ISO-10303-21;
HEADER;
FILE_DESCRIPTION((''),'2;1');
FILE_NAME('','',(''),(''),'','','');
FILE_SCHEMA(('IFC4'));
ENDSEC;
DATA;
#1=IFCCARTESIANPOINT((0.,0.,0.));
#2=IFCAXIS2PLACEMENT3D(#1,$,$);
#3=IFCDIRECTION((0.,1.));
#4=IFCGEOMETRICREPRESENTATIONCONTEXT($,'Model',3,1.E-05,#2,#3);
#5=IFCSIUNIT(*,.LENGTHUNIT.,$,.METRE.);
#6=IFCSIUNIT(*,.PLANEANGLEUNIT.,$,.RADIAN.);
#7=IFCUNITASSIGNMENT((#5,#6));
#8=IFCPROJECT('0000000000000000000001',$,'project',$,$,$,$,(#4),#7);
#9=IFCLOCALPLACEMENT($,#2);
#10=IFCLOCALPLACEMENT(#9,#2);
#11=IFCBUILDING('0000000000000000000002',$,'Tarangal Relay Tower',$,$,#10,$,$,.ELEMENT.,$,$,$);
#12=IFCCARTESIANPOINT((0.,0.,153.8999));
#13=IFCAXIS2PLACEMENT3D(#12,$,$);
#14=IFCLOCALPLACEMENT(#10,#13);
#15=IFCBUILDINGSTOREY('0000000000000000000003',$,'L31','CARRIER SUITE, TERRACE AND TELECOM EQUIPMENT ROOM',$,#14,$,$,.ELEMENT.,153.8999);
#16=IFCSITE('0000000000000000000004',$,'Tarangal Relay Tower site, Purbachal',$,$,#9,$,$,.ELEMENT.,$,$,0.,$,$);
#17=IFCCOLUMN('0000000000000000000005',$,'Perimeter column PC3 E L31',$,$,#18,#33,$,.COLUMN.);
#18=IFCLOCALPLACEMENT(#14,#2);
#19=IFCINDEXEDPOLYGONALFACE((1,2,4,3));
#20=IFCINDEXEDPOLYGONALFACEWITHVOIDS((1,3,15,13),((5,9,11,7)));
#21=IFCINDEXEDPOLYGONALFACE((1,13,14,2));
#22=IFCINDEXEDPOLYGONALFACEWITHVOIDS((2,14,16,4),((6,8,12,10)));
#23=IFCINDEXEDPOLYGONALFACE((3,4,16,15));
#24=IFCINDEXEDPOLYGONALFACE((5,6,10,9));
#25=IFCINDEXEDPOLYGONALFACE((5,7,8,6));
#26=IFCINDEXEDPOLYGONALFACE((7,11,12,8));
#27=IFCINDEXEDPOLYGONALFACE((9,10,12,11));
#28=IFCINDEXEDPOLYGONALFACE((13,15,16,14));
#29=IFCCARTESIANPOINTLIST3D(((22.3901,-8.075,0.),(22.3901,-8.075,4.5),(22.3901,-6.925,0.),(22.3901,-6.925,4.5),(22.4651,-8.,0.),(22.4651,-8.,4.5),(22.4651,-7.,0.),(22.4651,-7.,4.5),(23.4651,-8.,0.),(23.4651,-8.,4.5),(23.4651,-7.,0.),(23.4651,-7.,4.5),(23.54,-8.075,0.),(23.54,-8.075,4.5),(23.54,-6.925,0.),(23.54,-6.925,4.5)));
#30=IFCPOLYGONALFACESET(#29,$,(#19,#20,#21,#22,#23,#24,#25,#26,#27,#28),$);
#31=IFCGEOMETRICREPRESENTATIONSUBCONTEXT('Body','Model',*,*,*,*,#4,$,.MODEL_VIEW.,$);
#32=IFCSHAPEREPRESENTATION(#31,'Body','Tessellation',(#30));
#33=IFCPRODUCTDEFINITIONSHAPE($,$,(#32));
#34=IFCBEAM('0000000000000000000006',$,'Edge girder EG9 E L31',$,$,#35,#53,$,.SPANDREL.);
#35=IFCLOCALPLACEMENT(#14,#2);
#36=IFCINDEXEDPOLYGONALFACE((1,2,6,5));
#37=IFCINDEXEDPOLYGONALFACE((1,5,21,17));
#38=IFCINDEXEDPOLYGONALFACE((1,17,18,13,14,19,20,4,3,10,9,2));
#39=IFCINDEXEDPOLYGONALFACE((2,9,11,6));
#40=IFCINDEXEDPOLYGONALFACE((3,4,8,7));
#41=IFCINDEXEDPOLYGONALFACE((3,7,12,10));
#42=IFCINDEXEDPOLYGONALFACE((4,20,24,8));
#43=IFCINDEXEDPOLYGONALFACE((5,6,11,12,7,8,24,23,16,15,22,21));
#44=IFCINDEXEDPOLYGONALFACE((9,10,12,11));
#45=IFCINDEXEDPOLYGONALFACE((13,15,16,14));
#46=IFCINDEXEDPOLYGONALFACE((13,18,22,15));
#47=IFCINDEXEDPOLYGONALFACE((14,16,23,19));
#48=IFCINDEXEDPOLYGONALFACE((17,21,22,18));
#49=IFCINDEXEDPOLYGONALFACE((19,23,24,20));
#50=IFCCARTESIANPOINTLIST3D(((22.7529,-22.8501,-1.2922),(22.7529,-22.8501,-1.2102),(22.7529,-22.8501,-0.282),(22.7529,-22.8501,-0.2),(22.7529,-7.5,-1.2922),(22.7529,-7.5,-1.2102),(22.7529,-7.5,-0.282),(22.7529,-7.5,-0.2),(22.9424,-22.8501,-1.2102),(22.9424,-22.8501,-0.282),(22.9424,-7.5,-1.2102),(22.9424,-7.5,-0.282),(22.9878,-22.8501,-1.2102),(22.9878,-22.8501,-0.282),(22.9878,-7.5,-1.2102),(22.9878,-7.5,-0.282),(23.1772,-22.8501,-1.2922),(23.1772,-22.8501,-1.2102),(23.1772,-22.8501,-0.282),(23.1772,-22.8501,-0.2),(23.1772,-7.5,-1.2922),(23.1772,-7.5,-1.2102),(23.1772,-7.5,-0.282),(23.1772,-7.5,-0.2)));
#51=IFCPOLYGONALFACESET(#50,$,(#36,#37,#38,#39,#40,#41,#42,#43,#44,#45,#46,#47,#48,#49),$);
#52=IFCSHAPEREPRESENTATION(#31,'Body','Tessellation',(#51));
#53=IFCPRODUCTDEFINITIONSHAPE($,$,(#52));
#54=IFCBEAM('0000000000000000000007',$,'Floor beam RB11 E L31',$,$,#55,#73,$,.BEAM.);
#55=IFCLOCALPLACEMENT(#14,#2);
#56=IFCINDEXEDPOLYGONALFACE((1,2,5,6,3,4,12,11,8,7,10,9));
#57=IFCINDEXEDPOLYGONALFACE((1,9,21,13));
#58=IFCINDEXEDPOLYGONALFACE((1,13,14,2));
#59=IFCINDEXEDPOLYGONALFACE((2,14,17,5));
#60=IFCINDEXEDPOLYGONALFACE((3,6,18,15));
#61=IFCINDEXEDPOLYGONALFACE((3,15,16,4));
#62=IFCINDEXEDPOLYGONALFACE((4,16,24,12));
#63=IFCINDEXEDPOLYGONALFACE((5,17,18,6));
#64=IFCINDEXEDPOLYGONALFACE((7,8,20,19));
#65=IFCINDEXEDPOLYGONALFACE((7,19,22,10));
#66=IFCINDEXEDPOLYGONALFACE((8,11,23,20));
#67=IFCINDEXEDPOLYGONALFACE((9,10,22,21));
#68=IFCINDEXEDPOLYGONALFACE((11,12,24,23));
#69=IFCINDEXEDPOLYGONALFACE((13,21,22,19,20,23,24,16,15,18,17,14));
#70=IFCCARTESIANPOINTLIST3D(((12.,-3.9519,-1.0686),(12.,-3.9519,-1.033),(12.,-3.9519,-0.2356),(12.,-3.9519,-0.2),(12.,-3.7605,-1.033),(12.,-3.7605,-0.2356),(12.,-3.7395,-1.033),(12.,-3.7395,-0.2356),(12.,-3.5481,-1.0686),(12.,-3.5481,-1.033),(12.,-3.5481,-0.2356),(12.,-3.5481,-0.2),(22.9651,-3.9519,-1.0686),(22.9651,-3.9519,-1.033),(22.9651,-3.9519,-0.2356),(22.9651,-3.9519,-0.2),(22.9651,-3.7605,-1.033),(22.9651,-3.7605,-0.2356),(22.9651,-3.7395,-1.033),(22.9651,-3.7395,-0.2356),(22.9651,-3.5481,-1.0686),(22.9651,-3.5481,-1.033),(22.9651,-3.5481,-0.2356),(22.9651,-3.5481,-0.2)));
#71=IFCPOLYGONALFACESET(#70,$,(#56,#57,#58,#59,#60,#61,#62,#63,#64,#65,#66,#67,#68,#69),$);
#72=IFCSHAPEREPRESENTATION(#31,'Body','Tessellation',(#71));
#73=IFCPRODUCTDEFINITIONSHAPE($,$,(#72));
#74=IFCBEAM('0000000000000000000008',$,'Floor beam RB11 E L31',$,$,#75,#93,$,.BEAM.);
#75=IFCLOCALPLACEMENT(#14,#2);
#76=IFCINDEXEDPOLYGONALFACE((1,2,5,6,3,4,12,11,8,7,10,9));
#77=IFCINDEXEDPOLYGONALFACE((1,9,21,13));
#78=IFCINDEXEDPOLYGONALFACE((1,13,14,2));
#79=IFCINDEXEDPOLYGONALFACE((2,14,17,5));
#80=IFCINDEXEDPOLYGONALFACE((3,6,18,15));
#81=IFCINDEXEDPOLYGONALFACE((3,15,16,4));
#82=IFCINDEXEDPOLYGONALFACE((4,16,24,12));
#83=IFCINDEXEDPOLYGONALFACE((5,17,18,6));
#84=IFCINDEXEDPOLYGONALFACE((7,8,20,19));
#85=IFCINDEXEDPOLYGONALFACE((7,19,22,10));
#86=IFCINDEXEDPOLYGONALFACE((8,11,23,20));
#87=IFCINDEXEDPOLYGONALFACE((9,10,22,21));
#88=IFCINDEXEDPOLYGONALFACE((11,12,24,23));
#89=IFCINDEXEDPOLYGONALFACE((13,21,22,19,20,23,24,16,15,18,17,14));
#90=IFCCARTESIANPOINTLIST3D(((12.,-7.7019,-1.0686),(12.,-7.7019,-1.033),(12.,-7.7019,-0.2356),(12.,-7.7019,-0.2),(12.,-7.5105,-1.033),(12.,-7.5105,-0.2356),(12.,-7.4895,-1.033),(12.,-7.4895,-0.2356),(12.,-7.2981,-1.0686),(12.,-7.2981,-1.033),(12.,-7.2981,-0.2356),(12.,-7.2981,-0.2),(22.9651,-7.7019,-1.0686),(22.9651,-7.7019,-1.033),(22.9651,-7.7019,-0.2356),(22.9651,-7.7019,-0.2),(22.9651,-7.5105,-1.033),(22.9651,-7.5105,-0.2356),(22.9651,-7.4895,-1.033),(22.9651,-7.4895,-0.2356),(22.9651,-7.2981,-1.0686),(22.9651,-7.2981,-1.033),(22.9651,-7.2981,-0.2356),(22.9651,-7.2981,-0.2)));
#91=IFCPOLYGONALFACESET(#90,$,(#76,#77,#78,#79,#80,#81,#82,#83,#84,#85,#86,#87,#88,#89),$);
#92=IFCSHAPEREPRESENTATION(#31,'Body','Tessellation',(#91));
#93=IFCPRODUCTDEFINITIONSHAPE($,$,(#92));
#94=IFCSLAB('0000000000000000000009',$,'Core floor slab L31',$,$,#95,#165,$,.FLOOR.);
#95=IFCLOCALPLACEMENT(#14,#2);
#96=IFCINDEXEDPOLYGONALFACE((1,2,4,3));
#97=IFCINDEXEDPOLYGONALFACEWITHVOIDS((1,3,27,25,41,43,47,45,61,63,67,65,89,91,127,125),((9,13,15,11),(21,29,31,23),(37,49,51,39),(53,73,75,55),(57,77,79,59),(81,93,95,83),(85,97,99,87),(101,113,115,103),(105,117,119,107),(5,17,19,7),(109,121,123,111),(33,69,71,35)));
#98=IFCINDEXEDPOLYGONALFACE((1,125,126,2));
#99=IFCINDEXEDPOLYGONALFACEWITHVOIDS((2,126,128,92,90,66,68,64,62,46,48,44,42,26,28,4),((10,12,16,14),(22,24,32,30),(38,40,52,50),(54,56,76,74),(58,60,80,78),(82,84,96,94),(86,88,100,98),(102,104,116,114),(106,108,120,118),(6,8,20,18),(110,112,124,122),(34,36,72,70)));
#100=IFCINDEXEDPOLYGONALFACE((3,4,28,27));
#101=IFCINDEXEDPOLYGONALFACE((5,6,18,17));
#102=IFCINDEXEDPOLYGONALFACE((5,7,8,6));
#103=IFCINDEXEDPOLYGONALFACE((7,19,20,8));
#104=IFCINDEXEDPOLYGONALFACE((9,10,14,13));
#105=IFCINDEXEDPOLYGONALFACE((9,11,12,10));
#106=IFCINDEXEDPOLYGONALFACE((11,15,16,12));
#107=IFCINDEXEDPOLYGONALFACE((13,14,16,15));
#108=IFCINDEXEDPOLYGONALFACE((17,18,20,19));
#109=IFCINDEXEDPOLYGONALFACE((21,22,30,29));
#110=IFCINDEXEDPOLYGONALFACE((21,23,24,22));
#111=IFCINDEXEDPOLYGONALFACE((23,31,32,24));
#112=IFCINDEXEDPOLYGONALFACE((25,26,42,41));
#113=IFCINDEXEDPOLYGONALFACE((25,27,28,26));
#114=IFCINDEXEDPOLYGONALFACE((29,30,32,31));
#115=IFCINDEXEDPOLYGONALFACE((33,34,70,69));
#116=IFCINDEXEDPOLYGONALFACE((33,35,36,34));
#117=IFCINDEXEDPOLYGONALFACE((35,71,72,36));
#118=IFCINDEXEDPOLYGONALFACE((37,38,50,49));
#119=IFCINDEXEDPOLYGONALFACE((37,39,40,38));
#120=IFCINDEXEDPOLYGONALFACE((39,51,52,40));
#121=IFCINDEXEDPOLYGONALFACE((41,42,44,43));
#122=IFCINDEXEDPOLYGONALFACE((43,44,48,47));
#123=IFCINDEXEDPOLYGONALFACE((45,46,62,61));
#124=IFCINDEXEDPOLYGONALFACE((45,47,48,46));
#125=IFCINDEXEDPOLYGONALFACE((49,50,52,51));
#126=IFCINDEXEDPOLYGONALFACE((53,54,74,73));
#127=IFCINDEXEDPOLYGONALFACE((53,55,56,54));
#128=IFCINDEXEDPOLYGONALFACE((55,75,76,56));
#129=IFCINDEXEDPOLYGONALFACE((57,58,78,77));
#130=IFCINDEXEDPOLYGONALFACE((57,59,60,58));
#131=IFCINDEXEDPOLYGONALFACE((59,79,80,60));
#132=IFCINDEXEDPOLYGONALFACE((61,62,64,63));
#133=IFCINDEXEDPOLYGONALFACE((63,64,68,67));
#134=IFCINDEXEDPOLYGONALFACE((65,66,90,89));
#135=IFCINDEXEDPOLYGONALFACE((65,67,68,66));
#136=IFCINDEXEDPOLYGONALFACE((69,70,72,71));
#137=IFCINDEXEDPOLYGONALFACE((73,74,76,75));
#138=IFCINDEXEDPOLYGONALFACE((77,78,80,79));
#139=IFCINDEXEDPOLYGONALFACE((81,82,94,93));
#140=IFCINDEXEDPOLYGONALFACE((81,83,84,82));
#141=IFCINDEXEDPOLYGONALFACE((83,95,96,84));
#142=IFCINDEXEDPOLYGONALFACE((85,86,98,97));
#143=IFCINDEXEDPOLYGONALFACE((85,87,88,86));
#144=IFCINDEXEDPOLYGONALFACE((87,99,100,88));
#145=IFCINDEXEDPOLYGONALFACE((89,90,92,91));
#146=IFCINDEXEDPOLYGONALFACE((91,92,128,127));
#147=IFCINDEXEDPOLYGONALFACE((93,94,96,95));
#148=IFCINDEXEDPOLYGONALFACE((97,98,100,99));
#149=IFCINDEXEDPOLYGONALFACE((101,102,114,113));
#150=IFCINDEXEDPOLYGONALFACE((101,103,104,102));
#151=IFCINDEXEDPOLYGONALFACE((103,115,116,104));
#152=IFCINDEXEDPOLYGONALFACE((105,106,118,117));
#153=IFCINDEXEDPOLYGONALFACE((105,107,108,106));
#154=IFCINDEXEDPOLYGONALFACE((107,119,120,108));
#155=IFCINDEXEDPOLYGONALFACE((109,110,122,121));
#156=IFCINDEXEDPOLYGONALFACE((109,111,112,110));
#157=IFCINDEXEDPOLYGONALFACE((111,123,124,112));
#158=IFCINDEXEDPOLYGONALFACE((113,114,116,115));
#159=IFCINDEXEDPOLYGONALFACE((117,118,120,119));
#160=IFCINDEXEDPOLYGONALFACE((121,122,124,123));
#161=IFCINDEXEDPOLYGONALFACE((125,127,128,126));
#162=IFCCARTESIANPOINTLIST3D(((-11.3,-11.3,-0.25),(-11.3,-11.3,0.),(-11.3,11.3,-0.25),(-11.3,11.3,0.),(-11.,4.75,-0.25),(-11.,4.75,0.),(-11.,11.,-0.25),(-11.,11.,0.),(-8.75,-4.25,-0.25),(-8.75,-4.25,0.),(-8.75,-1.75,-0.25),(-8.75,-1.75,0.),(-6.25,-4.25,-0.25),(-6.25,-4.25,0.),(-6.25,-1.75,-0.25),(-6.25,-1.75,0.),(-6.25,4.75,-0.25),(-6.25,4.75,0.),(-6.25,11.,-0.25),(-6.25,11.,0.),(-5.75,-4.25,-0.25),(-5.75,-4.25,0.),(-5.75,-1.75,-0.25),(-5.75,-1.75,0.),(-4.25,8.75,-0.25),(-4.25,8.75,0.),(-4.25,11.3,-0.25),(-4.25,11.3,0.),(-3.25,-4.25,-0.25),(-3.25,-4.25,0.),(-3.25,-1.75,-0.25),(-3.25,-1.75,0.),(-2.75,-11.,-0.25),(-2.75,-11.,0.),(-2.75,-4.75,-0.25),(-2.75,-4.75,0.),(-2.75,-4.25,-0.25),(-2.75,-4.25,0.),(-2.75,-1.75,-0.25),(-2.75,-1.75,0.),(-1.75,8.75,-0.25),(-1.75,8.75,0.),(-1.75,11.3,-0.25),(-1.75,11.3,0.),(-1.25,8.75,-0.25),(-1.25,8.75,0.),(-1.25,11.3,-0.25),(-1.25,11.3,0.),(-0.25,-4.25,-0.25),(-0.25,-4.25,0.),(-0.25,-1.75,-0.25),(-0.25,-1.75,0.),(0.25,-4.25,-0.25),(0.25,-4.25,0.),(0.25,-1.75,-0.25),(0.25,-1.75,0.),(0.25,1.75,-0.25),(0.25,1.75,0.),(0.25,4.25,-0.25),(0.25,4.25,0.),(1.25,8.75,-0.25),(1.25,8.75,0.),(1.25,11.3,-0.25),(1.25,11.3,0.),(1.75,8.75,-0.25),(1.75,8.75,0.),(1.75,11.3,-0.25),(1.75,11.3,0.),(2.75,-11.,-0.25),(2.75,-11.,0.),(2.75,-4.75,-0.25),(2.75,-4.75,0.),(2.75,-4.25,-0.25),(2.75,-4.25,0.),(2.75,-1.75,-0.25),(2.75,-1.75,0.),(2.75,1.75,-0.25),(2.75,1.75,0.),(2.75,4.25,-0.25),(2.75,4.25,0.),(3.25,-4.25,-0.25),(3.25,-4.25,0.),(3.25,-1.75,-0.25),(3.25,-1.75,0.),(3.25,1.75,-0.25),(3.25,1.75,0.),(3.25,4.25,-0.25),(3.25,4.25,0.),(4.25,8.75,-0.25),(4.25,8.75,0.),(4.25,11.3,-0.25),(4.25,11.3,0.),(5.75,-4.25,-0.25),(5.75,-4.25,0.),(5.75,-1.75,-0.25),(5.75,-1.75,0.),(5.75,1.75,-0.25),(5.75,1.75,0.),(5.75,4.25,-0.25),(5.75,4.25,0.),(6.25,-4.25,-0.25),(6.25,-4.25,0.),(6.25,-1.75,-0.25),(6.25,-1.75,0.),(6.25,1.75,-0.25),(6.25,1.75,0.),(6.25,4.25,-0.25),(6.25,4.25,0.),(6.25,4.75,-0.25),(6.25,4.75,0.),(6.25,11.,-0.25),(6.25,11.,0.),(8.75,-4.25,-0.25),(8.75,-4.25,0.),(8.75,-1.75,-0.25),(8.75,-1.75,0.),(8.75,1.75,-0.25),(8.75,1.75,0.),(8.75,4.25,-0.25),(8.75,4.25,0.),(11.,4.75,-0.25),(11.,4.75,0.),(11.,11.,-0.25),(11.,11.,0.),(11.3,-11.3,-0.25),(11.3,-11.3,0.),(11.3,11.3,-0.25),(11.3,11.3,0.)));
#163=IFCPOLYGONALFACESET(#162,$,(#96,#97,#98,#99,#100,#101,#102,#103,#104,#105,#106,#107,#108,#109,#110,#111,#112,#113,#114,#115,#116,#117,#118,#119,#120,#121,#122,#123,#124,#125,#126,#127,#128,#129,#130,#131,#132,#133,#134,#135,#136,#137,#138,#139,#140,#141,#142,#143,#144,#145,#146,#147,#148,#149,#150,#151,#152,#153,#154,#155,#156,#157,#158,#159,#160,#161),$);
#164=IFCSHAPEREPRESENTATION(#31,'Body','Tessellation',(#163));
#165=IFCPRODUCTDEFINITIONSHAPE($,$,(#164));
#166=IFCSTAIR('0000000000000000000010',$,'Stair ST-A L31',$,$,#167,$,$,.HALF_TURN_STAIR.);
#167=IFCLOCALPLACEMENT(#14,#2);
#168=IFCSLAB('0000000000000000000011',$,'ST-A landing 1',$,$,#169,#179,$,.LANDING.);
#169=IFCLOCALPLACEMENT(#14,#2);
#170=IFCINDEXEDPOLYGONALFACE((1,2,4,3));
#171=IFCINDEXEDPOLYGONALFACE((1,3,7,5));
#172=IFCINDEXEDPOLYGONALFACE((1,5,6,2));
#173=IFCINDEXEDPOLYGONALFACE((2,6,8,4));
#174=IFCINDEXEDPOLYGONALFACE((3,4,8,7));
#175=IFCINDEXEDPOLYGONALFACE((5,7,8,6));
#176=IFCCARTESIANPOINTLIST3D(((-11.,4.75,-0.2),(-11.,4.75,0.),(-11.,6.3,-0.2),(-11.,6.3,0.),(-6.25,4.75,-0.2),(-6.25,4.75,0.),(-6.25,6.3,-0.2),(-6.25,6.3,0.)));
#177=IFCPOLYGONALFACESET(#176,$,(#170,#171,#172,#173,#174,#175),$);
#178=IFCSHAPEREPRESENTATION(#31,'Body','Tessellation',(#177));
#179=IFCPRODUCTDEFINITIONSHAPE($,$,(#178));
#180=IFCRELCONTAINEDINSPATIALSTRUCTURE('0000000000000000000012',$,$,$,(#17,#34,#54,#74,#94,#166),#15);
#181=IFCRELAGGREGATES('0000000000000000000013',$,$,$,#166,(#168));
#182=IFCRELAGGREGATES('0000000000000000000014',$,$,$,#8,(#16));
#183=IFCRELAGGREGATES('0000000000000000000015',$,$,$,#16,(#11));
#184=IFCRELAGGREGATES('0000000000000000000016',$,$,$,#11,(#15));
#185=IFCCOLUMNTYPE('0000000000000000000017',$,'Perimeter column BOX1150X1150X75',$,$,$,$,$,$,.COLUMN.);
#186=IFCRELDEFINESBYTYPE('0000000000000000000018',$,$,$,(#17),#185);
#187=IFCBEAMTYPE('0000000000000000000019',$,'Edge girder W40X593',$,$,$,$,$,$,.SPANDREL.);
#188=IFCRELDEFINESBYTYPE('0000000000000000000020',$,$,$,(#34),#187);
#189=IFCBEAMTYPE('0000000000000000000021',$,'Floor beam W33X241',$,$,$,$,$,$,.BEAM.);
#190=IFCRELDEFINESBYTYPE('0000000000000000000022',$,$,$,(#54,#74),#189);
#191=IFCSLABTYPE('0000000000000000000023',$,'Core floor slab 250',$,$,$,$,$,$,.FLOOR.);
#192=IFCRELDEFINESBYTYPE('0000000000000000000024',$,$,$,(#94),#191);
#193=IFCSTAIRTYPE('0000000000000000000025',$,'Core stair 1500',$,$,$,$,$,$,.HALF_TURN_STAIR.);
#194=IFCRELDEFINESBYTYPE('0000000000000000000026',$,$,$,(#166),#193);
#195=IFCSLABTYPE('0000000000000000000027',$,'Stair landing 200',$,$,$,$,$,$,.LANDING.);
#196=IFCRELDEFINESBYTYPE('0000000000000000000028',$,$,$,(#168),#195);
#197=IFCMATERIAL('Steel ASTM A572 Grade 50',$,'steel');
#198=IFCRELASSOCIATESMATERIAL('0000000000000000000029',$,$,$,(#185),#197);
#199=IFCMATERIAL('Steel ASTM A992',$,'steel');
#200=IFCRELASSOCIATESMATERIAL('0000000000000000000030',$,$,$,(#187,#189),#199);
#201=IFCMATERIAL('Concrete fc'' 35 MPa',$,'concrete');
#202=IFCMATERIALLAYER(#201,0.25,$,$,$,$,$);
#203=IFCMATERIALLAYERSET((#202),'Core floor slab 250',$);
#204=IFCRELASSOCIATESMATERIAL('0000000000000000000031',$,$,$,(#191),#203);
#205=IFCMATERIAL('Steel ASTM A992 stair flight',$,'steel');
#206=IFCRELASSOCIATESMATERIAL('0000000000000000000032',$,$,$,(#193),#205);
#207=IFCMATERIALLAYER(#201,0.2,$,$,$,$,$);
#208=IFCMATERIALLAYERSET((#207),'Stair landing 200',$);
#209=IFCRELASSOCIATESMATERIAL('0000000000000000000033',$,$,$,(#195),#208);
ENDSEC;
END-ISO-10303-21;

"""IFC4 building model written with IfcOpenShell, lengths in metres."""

from ifc_helpers import new_model, si_unit, direction, frame, origin, origin_2d, place, context, subcontext, project, spatial, polyline, hollow_rectangle, i_section, outline, extrude, material, layer, layer_set, material_profile, profile_set, type_object, element, aggregate, save


model = new_model("IFC4")

# Units and contexts
model_context = context("Model", 3, precision=1e-05, world=origin(), true_north=direction((0.0, 1.0)))
body_context = subcontext(model_context, "Body", "Model", "MODEL_VIEW")
ifc_project = project(units=[si_unit("LENGTHUNIT", "METRE"), si_unit("PLANEANGLEUNIT", "RADIAN")], contexts=[model_context])

# Site, building, storey
site_placement = place(None, origin())
site = spatial("IfcSite", under=ifc_project, at=site_placement, Name="Tarangal Relay Tower site, Purbachal", CompositionType="ELEMENT", RefElevation=0.0)
building_placement = place(site_placement, origin())
building = spatial("IfcBuilding", under=site, at=building_placement, Name="Tarangal Relay Tower", CompositionType="ELEMENT")
storey_placement = place(building_placement, frame((0.0, 0.0, 153.8999)))
storey = spatial("IfcBuildingStorey", under=building, at=storey_placement, Name="L31", Description="CARRIER SUITE, TERRACE AND TELECOM EQUIPMENT ROOM", CompositionType="ELEMENT", Elevation=153.8999)

# Column
ifc_material_1 = material(Name="Steel ASTM A572 Grade 50", Category="steel")
ifc_material_profile_1 = material_profile(ifc_material_1, hollow_rectangle(XDim=1.1499, YDim=1.1499, WallThickness=0.075, at=origin_2d()), Name="BOX1150X1150X75")
ifc_profile_set_1 = profile_set([ifc_material_profile_1], Name="Steel ASTM A572 Grade 50")
column_type = type_object("IfcColumnType", Name="Perimeter column BOX1150X1150X75", PredefinedType="COLUMN", material=ifc_profile_set_1)
column_placement = place(storey_placement, frame((22.9651, -7.5, 0.0), z_axis=(0.0, 0.0, 1.0), x_axis=(1.0, 0.0, 0.0)))
element("IfcColumn", 1, at=column_placement, inside=storey, type_object=column_type, Name="Perimeter column PC3 E L31", PredefinedType="COLUMN", context=body_context, shape_type="SweptSolid", body=[
    extrude(hollow_rectangle(XDim=1.1499, YDim=1.1499, WallThickness=0.075, at=origin_2d()), origin(), (0.0, 0.0, 1.0), 4.5),
])

# Beams
ifc_material_2 = material(Name="Steel ASTM A992", Category="steel")
ifc_material_profile_2 = material_profile(ifc_material_2, i_section(OverallWidth=0.4243, OverallDepth=1.0923, WebThickness=0.0454, FlangeThickness=0.082, at=origin_2d()), Name="W40X593")
ifc_profile_set_2 = profile_set([ifc_material_profile_2], Name="Steel ASTM A992")
beam_type_1 = type_object("IfcBeamType", Name="Edge girder W40X593", PredefinedType="SPANDREL", material=ifc_profile_set_2)
beam_placement = place(storey_placement, frame((22.9651, -7.5, -0.7461), z_axis=(0.0, -1.0, 0.0), x_axis=(1.0, 0.0, 0.0)))
element("IfcBeam", 2, at=beam_placement, inside=storey, type_object=beam_type_1, Name="Edge girder EG9 E L31", PredefinedType="SPANDREL", context=body_context, shape_type="SweptSolid", body=[
    extrude(i_section(OverallWidth=0.4243, OverallDepth=1.0923, WebThickness=0.0454, FlangeThickness=0.082, at=origin_2d()), origin(), (0.0, 0.0, 1.0), 15.3501),
])
ifc_material_profile_3 = material_profile(ifc_material_2, i_section(OverallWidth=0.4038, OverallDepth=0.8687, WebThickness=0.021, FlangeThickness=0.0356, at=origin_2d()), Name="W33X241")
ifc_profile_set_3 = profile_set([ifc_material_profile_3], Name="Steel ASTM A992")
beam_type_2 = type_object("IfcBeamType", Name="Floor beam W33X241", PredefinedType="BEAM", material=ifc_profile_set_3)
for number, where, z_axis, x_axis, name in (
    (3, (12.0, -3.75, -0.6343), (1.0, 0.0, 0.0), (0.0, 1.0, 0.0), "Floor beam RB11 E L31"),
    (4, (12.0, -7.5, -0.6343), (1.0, 0.0, 0.0), (0.0, 1.0, 0.0), "Floor beam RB11 E L31"),
):
    element("IfcBeam", number, at=place(storey_placement, frame(where, z_axis=z_axis, x_axis=x_axis)), inside=storey, type_object=beam_type_2, Name=name, PredefinedType="BEAM", context=body_context, shape_type="SweptSolid", body=[
        extrude(i_section(OverallWidth=0.4038, OverallDepth=0.8687, WebThickness=0.021, FlangeThickness=0.0356, at=origin_2d()), origin(), (0.0, 0.0, 1.0), 10.9651),
    ])

# Slab
ifc_material_3 = material(Name="Concrete fc' 35 MPa", Category="concrete")
ifc_layer_1 = layer(ifc_material_3, 0.25)
ifc_layer_set_1 = layer_set([ifc_layer_1], Name="Core floor slab 250")
slab_type_1 = type_object("IfcSlabType", Name="Core floor slab 250", PredefinedType="FLOOR", material=ifc_layer_set_1)
slab_1_placement = place(storey_placement, frame((0.0, 0.0, -0.25)))
element("IfcSlab", 5, at=slab_1_placement, inside=storey, type_object=slab_type_1, Name="Core floor slab L31", PredefinedType="FLOOR", context=body_context, shape_type="SweptSolid", body=[
    extrude(outline(polyline([(11.3, 11.3), (11.3, -11.3), (-11.3, -11.3), (-11.3, 11.3), (-4.25, 11.3), (-4.25, 8.75), (-1.75, 8.75), (-1.75, 11.3), (-1.25, 11.3), (-1.25, 8.75), (1.25, 8.75), (1.25, 11.3), (1.75, 11.3), (1.75, 8.75), (4.25, 8.75), (4.25, 11.3), (11.3, 11.3)]), holes=[polyline([(2.75, -4.75), (-2.75, -4.75), (-2.75, -11.0), (2.75, -11.0), (2.75, -4.75)]), polyline([(-6.25, -4.25), (-6.25, -1.75), (-8.75, -1.75), (-8.75, -4.25), (-6.25, -4.25)]), polyline([(-3.25, -4.25), (-3.25, -1.75), (-5.75, -1.75), (-5.75, -4.25), (-3.25, -4.25)]), polyline([(-0.25, -4.25), (-0.25, -1.75), (-2.75, -1.75), (-2.75, -4.25), (-0.25, -4.25)]), polyline([(2.75, 1.75), (2.75, 4.25), (0.25, 4.25), (0.25, 1.75), (2.75, 1.75)]), polyline([(-6.25, 4.75), (-6.25, 11.0), (-11.0, 11.0), (-11.0, 4.75), (-6.25, 4.75)]), polyline([(2.75, -4.25), (2.75, -1.75), (0.25, -1.75), (0.25, -4.25), (2.75, -4.25)]), polyline([(5.75, -4.25), (5.75, -1.75), (3.25, -1.75), (3.25, -4.25), (5.75, -4.25)]), polyline([(8.75, -4.25), (8.75, -1.75), (6.25, -1.75), (6.25, -4.25), (8.75, -4.25)]), polyline([(5.75, 1.75), (5.75, 4.25), (3.25, 4.25), (3.25, 1.75), (5.75, 1.75)]), polyline([(8.75, 1.75), (8.75, 4.25), (6.25, 4.25), (6.25, 1.75), (8.75, 1.75)]), polyline([(11.0, 4.75), (11.0, 11.0), (6.25, 11.0), (6.25, 4.75), (11.0, 4.75)])]), origin(), (0.0, 0.0, 1.0), 0.25),
])

# Stair, slab
ifc_material_4 = material(Name="Steel ASTM A992 stair flight", Category="steel")
stair_type = type_object("IfcStairType", Name="Core stair 1500", PredefinedType="HALF_TURN_STAIR", material=ifc_material_4)
stair_1_placement = place(storey_placement, origin())
stair_1 = element("IfcStair", 6, at=stair_1_placement, inside=storey, type_object=stair_type, Name="Stair ST-A L31", PredefinedType="HALF_TURN_STAIR")
ifc_layer_2 = layer(ifc_material_3, 0.2)
ifc_layer_set_2 = layer_set([ifc_layer_2], Name="Stair landing 200")
slab_type_2 = type_object("IfcSlabType", Name="Stair landing 200", PredefinedType="LANDING", material=ifc_layer_set_2)
slab_2_placement = place(storey_placement, frame((0.0, 0.0, -0.2)))
slab_2 = element("IfcSlab", 7, at=slab_2_placement, type_object=slab_type_2, Name="ST-A landing 1", PredefinedType="LANDING", context=body_context, shape_type="SweptSolid", body=[
    extrude(outline(polyline([(-11.0, 4.75), (-6.25, 4.75), (-6.25, 6.3), (-11.0, 6.3), (-11.0, 4.75)])), origin(), (0.0, 0.0, 1.0), 0.2),
])
aggregate(stair_1, [slab_2])

save(model, "model.ifc")
